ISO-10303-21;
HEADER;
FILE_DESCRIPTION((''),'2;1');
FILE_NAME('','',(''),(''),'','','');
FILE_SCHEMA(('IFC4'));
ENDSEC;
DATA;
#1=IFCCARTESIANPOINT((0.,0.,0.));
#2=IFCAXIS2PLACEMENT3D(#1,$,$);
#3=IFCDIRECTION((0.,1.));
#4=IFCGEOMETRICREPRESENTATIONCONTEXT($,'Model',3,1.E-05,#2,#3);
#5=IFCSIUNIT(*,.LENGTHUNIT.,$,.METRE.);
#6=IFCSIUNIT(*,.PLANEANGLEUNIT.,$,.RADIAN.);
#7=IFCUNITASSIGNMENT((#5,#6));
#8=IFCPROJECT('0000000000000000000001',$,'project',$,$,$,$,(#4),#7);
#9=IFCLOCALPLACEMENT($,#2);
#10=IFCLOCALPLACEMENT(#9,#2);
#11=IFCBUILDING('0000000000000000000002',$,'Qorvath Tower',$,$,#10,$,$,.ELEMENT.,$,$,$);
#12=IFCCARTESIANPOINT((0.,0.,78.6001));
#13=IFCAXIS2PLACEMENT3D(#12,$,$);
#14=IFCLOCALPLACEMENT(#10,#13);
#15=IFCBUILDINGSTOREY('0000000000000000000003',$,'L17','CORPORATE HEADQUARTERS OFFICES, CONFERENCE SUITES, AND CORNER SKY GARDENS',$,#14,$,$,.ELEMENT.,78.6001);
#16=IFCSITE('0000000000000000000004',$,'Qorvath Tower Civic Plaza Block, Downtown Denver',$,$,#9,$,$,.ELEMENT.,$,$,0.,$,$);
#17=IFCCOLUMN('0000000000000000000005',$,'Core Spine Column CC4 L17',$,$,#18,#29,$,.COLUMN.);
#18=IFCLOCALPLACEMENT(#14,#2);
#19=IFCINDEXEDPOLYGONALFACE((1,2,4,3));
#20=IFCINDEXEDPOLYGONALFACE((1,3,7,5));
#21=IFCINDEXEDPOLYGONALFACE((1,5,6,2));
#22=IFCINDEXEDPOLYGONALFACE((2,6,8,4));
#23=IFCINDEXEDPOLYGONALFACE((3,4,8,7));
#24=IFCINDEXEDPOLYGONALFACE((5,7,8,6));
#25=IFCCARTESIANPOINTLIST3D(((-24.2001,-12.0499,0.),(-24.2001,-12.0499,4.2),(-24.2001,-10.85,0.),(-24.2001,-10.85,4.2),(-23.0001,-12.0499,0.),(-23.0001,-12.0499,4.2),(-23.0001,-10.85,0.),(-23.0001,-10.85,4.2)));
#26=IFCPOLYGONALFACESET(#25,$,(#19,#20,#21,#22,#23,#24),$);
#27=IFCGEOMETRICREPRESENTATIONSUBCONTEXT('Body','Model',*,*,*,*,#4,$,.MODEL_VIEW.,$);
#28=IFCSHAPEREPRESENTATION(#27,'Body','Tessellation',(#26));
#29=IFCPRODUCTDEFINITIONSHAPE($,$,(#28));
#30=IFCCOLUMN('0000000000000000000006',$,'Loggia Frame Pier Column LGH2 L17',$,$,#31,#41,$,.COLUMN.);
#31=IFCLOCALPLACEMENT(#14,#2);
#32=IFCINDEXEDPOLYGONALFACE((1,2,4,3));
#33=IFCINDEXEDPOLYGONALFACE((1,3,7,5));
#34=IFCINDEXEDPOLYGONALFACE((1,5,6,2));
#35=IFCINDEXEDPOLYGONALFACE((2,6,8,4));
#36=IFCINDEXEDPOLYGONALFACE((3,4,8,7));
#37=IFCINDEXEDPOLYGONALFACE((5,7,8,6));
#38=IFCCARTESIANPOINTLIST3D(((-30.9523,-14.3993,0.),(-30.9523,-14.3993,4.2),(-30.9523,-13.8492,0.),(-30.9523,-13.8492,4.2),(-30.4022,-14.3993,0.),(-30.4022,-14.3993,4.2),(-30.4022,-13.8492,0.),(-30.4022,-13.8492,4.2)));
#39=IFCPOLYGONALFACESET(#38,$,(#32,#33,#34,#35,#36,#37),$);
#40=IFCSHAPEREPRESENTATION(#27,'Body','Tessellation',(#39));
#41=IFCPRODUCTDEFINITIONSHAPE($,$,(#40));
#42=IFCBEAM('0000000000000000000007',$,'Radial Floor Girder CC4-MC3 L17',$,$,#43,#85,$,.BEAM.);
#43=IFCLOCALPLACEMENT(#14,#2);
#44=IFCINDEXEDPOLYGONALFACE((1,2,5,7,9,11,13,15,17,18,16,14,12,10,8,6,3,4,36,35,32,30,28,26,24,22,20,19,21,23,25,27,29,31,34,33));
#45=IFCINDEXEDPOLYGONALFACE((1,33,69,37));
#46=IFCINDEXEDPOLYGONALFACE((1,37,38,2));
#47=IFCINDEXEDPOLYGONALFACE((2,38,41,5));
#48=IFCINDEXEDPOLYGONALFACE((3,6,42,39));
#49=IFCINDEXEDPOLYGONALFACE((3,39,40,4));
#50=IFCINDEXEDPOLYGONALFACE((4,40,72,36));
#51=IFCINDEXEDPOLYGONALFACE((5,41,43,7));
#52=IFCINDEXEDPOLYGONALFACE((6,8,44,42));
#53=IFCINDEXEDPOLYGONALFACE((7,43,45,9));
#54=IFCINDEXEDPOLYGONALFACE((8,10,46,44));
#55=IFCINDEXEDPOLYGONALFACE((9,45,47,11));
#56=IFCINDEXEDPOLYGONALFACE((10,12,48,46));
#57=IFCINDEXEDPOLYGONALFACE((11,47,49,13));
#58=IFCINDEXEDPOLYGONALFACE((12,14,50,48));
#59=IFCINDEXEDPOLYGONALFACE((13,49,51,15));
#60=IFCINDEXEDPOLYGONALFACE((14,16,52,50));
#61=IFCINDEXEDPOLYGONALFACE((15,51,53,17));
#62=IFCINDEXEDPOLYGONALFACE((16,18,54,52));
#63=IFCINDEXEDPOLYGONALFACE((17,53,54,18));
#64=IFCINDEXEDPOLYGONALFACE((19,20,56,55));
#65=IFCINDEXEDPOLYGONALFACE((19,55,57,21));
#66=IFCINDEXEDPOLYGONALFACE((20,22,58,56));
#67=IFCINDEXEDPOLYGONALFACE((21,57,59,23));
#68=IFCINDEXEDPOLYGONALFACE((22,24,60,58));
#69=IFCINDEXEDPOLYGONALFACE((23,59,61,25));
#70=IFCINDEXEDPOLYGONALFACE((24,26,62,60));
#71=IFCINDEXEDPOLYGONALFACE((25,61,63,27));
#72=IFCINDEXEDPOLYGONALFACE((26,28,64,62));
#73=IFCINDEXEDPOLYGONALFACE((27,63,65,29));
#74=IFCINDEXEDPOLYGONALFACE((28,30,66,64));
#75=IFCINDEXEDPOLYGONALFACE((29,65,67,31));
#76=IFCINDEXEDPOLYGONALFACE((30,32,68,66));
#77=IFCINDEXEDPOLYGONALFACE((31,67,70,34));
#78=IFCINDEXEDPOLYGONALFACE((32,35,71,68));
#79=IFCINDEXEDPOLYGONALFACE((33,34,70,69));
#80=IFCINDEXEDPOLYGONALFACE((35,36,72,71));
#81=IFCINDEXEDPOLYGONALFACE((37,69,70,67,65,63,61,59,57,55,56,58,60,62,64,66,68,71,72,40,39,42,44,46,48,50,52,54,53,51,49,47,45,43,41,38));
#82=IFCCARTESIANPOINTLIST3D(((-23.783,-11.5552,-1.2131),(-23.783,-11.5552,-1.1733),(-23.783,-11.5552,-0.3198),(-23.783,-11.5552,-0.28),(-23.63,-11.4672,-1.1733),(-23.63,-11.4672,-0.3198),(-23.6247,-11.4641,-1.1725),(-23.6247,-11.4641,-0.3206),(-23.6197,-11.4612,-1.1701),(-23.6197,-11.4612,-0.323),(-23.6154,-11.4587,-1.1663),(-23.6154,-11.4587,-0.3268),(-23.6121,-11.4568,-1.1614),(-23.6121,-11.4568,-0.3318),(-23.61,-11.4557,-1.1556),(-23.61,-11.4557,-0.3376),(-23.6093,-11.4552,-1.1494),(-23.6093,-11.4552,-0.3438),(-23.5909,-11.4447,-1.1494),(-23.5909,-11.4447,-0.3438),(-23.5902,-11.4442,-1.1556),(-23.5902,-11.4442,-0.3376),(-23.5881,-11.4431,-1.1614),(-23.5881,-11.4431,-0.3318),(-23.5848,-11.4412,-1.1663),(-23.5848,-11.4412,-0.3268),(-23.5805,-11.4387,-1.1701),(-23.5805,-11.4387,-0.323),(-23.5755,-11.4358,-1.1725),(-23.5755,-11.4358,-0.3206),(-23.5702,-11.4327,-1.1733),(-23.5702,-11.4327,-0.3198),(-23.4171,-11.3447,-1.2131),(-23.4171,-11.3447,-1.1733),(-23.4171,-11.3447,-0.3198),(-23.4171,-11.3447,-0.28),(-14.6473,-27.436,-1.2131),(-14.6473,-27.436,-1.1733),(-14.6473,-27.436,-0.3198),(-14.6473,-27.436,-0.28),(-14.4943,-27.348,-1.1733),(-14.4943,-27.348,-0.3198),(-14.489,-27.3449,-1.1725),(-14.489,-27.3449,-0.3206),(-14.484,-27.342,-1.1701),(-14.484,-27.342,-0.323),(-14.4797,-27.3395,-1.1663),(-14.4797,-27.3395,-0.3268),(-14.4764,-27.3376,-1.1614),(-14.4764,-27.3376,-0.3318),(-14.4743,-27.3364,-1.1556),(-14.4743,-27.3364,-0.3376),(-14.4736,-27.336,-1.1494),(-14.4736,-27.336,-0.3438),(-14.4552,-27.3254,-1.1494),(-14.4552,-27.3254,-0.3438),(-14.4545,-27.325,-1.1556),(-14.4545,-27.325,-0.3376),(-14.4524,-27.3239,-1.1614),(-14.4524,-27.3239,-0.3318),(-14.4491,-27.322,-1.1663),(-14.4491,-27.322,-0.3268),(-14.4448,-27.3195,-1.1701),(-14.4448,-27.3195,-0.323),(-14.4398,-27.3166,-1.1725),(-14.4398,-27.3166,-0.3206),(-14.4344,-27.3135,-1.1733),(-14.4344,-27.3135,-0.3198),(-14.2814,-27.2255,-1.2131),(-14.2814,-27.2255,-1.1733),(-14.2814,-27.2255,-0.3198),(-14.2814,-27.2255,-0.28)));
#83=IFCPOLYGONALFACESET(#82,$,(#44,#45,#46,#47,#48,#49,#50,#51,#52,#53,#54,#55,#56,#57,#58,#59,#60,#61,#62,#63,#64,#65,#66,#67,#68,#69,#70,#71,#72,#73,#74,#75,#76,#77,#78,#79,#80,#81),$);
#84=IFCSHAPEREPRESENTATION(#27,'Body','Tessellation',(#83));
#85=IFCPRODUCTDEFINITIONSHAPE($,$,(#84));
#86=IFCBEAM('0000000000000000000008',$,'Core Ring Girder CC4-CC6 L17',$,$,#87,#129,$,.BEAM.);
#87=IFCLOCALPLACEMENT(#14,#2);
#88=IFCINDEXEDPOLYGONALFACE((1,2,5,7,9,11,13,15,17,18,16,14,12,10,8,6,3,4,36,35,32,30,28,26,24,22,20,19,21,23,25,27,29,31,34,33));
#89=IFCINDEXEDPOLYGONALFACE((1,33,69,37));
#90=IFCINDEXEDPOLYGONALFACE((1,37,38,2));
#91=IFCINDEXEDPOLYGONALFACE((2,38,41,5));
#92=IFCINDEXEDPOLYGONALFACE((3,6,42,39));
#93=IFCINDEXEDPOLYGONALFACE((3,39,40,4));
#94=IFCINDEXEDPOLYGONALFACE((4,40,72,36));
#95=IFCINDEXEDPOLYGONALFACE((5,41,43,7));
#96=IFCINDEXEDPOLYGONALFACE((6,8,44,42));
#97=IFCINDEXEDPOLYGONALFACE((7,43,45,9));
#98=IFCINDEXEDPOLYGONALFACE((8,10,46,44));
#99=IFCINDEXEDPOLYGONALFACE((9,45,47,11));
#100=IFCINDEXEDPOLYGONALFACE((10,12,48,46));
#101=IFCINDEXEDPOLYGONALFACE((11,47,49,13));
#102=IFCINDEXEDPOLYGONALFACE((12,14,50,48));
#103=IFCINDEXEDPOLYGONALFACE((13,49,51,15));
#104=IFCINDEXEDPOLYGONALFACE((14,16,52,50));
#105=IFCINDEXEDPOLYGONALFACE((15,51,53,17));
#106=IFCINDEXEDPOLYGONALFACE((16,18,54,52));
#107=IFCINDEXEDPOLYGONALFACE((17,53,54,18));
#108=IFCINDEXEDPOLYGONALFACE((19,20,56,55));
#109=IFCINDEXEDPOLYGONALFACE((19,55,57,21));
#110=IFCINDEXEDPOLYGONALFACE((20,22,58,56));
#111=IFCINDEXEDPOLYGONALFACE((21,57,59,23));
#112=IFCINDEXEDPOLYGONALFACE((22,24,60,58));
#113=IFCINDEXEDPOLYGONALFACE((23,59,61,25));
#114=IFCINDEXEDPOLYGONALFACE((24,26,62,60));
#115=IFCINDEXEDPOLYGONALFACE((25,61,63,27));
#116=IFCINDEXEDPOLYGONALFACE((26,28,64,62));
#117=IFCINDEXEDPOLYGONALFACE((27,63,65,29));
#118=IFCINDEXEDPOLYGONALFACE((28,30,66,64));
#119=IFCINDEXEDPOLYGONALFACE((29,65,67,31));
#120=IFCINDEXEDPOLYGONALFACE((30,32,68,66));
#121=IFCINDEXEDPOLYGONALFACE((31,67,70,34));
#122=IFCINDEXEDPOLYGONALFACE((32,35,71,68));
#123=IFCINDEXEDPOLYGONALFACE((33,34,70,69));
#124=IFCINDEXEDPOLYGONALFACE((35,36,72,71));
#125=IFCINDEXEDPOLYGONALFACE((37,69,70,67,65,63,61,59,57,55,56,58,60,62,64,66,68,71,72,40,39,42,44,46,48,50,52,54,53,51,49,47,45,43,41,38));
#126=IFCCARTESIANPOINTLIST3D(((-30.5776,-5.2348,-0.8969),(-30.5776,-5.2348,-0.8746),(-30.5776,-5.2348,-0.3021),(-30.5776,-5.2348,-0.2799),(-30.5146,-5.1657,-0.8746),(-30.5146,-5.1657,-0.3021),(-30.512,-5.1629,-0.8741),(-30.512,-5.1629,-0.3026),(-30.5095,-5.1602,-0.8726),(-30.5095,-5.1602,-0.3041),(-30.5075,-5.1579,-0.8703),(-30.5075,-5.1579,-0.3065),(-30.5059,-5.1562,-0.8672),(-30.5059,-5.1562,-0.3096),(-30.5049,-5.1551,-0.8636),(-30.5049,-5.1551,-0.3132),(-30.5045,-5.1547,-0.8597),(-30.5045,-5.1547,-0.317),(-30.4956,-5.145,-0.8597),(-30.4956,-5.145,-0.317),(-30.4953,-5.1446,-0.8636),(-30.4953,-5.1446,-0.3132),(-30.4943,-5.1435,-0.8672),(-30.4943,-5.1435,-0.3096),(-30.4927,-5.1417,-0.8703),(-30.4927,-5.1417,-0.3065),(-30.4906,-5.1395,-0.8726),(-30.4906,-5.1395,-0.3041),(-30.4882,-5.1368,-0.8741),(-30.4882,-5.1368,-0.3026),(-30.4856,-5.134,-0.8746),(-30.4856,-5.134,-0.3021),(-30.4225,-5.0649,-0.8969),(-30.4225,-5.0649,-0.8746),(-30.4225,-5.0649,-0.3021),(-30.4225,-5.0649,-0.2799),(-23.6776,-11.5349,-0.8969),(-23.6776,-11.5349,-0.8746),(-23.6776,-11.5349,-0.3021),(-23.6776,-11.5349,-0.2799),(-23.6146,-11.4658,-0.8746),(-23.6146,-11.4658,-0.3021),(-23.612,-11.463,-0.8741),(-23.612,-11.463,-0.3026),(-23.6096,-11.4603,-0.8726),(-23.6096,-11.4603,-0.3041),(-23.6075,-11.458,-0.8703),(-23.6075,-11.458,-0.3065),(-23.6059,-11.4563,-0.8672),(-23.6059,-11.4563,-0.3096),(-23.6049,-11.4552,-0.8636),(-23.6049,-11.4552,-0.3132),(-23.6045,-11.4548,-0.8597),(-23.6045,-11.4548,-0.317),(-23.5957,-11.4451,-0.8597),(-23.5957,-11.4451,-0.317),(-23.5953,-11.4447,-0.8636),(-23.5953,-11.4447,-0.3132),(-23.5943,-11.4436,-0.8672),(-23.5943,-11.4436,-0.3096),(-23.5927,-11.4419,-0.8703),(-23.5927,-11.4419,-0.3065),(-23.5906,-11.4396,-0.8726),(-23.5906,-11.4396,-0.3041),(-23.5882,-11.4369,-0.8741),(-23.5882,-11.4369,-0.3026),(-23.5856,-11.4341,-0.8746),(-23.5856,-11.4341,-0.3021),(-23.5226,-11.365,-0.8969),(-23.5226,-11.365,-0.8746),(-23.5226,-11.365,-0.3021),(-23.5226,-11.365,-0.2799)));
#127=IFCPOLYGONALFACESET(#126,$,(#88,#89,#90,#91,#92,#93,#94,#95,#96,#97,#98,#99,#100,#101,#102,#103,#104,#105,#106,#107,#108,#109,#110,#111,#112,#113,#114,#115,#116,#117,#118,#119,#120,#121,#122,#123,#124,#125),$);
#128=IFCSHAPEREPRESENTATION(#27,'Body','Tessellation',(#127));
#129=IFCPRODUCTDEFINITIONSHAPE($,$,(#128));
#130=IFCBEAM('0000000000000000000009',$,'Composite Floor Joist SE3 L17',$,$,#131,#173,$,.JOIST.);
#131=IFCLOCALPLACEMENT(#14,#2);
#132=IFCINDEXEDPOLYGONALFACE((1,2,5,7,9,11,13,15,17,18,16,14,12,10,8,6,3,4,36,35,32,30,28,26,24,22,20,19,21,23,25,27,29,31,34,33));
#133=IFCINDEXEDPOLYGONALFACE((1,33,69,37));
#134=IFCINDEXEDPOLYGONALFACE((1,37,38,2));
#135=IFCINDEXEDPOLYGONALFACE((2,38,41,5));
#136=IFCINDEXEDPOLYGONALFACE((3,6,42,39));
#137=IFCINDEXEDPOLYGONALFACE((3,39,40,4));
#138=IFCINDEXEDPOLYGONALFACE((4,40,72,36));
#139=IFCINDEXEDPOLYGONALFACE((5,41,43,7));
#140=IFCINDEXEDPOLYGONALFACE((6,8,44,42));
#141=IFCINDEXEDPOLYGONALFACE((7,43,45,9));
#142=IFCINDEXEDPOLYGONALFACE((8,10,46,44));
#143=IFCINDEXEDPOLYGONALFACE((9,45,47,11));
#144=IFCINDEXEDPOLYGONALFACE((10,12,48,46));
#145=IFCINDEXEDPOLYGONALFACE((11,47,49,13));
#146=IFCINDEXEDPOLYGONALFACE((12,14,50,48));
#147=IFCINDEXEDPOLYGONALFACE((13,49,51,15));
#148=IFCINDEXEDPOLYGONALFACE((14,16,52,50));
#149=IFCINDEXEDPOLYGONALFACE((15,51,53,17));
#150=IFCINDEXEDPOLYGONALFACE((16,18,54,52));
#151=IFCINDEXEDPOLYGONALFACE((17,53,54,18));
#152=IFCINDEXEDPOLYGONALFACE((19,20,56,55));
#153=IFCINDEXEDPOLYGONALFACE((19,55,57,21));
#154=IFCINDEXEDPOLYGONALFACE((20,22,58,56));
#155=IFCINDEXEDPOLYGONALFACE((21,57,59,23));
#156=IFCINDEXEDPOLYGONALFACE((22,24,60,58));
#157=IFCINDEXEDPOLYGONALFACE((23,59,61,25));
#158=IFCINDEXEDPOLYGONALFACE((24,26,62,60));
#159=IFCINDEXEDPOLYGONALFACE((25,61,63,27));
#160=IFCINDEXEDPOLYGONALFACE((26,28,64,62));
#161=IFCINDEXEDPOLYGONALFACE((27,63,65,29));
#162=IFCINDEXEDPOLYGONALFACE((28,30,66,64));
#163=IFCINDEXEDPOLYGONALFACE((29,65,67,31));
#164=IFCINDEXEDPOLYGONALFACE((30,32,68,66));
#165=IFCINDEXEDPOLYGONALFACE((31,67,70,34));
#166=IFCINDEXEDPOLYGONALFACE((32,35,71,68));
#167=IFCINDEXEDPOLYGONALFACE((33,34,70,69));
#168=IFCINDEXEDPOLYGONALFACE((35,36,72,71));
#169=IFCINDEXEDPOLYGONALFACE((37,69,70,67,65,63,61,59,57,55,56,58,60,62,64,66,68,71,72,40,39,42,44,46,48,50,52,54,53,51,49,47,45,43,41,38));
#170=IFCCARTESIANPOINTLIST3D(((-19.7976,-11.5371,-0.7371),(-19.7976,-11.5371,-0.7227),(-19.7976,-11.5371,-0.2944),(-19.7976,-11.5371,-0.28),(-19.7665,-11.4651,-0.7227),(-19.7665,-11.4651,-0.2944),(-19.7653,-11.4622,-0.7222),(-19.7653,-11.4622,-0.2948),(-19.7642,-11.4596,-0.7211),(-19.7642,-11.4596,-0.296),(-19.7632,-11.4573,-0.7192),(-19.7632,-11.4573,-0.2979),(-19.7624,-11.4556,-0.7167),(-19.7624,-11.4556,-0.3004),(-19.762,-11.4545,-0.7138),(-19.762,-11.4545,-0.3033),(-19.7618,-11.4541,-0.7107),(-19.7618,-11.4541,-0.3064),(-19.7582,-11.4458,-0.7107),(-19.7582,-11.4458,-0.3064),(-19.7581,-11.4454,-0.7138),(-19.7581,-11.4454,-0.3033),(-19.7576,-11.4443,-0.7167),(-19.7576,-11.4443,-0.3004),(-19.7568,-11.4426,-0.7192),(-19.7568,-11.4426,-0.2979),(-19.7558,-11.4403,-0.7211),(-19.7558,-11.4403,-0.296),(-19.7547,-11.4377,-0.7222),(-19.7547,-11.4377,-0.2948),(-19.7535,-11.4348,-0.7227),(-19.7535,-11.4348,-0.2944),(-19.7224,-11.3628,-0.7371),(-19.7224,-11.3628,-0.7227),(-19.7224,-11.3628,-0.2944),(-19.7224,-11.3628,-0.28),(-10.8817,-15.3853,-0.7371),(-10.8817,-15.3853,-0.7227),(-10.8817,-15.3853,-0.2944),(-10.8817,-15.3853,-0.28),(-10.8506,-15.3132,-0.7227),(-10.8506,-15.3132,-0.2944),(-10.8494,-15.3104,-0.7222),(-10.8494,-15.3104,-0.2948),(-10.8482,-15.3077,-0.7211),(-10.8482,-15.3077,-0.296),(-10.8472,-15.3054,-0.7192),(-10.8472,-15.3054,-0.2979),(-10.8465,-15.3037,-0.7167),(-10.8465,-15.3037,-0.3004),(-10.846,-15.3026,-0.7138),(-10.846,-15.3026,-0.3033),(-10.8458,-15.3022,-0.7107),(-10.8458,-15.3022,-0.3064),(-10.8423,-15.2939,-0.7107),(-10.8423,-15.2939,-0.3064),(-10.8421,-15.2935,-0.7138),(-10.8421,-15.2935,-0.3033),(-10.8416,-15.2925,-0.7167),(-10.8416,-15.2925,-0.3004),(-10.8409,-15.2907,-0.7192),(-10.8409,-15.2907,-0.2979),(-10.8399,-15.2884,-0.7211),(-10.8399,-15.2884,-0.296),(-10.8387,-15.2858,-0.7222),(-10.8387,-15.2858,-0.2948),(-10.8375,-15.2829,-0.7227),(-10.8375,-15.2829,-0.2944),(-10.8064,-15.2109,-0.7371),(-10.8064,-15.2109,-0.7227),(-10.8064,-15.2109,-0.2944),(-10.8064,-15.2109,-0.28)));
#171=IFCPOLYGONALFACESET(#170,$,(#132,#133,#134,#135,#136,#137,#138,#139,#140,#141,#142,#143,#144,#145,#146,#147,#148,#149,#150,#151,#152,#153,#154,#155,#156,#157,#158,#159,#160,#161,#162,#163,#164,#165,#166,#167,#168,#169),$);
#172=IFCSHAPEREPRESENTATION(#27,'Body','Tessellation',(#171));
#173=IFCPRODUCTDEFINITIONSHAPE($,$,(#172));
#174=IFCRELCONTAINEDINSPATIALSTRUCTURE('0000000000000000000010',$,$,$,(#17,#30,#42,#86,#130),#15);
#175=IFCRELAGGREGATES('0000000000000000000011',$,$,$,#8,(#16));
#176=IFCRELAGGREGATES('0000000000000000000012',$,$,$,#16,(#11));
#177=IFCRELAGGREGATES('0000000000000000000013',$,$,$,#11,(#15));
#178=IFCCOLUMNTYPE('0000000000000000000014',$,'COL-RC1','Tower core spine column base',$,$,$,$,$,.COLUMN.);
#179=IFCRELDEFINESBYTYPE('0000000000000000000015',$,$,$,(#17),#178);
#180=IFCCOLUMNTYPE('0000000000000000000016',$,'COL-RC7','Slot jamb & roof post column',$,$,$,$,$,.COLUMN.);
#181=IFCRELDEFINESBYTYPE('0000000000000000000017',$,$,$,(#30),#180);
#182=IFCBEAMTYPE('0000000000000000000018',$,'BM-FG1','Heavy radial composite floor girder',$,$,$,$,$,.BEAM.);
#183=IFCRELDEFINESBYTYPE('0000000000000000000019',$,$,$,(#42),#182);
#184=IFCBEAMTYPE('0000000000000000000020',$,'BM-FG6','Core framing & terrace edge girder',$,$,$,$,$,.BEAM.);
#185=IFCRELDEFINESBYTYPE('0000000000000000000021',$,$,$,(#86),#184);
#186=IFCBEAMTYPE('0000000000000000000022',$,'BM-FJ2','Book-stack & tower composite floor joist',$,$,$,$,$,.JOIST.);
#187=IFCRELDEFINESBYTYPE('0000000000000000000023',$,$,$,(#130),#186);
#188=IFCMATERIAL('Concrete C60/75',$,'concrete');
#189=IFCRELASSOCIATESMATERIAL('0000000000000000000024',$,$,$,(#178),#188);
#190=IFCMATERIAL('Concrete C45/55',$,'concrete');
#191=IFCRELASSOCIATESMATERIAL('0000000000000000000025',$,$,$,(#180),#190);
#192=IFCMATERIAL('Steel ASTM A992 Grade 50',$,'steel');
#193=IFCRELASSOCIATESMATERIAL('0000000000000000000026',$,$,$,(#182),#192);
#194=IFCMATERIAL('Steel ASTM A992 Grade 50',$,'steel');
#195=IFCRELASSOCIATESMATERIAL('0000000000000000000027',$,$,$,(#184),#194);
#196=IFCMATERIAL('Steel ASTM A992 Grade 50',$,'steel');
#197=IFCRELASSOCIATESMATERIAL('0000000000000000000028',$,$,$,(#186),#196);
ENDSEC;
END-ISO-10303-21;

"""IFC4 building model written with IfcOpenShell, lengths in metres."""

from ifc_helpers import new_model, si_unit, direction, frame, origin, origin_2d, place, context, subcontext, project, spatial, rectangle, i_section, extrude, material, material_profile, profile_set, type_object, element, save


model = new_model("IFC4")

# Units and contexts
model_context = context("Model", 3, precision=1e-05, world=origin(), true_north=direction((0.0, 1.0)))
body_context = subcontext(model_context, "Body", "Model", "MODEL_VIEW")
ifc_project = project(units=[si_unit("LENGTHUNIT", "METRE"), si_unit("PLANEANGLEUNIT", "RADIAN")], contexts=[model_context])

# Site, building, storey
site_placement = place(None, origin())
site = spatial("IfcSite", under=ifc_project, at=site_placement, Name="Qorvath Tower Civic Plaza Block, Downtown Denver", CompositionType="ELEMENT", RefElevation=0.0)
building_placement = place(site_placement, origin())
building = spatial("IfcBuilding", under=site, at=building_placement, Name="Qorvath Tower", CompositionType="ELEMENT")
storey_placement = place(building_placement, frame((0.0, 0.0, 78.6001)))
storey = spatial("IfcBuildingStorey", under=building, at=storey_placement, Name="L17", Description="CORPORATE HEADQUARTERS OFFICES, CONFERENCE SUITES, AND CORNER SKY GARDENS", CompositionType="ELEMENT", Elevation=78.6001)

# Columns
ifc_material_1 = material(Name="Concrete C60/75", Category="concrete")
ifc_material_profile_1 = material_profile(ifc_material_1, rectangle(XDim=1.2, YDim=1.2, at=origin_2d()), Name="RC 1200x1200")
ifc_profile_set_1 = profile_set([ifc_material_profile_1], Name="Concrete C60/75")
column_type_1 = type_object("IfcColumnType", Name="COL-RC1", Description="Tower core spine column base", PredefinedType="COLUMN", material=ifc_profile_set_1)
column_1_placement = place(storey_placement, frame((-23.6001, -11.45, 0.0), z_axis=(0.0, 0.0, 1.0), x_axis=(1.0, 0.0, 0.0)))
element("IfcColumn", 1, at=column_1_placement, inside=storey, type_object=column_type_1, Name="Core Spine Column CC4 L17", PredefinedType="COLUMN", context=body_context, shape_type="SweptSolid", body=[
    extrude(rectangle(XDim=1.2, YDim=1.2, at=origin_2d()), origin(), (0.0, 0.0, 1.0), 4.2),
])
ifc_material_2 = material(Name="Concrete C45/55", Category="concrete")
ifc_material_profile_2 = material_profile(ifc_material_2, rectangle(XDim=0.55, YDim=0.55, at=origin_2d()), Name="RC 550x550")
ifc_profile_set_2 = profile_set([ifc_material_profile_2], Name="Concrete C45/55")
column_type_2 = type_object("IfcColumnType", Name="COL-RC7", Description="Slot jamb & roof post column", PredefinedType="COLUMN", material=ifc_profile_set_2)
column_2_placement = place(storey_placement, frame((-30.6772, -14.1243, 0.0), z_axis=(0.0, 0.0, 1.0), x_axis=(1.0, 0.0, 0.0)))
element("IfcColumn", 2, at=column_2_placement, inside=storey, type_object=column_type_2, Name="Loggia Frame Pier Column LGH2 L17", PredefinedType="COLUMN", context=body_context, shape_type="SweptSolid", body=[
    extrude(rectangle(XDim=0.55, YDim=0.55, at=origin_2d()), origin(), (0.0, 0.0, 1.0), 4.2),
])

# Beams
ifc_material_3 = material(Name="Steel ASTM A992 Grade 50", Category="steel")
ifc_material_profile_3 = material_profile(ifc_material_3, i_section(OverallWidth=0.4221, OverallDepth=0.9331, WebThickness=0.0212, FlangeThickness=0.0398, FilletRadius=0.0239, at=origin_2d()), Name="W36x262")
ifc_profile_set_3 = profile_set([ifc_material_profile_3], Name="Steel ASTM A992 Grade 50")
beam_type_1 = type_object("IfcBeamType", Name="BM-FG1", Description="Heavy radial composite floor girder", PredefinedType="BEAM", material=ifc_profile_set_3)
beam_1_placement = place(storey_placement, frame((-23.6001, -11.45, -0.7466), z_axis=(0.498645, -0.866806, 0.0), x_axis=(0.866806, 0.498645, 0.0)))
element("IfcBeam", 3, at=beam_1_placement, inside=storey, type_object=beam_type_1, Name="Radial Floor Girder CC4-MC3 L17", PredefinedType="BEAM", context=body_context, shape_type="SweptSolid", body=[
    extrude(i_section(OverallWidth=0.4221, OverallDepth=0.9331, WebThickness=0.0212, FlangeThickness=0.0398, FilletRadius=0.0239, at=origin_2d()), origin(), (0.0, 0.0, 1.0), 18.321),
])
ifc_material_4 = material(Name="Steel ASTM A992 Grade 50", Category="steel")
ifc_material_profile_4 = material_profile(ifc_material_4, i_section(OverallWidth=0.23, OverallDepth=0.6169, WebThickness=0.0132, FlangeThickness=0.0222, FilletRadius=0.0149, at=origin_2d()), Name="W24x94")
ifc_profile_set_4 = profile_set([ifc_material_profile_4], Name="Steel ASTM A992 Grade 50")
beam_type_2 = type_object("IfcBeamType", Name="BM-FG6", Description="Core framing & terrace edge girder", PredefinedType="BEAM", material=ifc_profile_set_4)
beam_2_placement = place(storey_placement, frame((-23.6001, -11.45, -0.5884), z_axis=(-0.738478, 0.674277, 0.0), x_axis=(-0.674277, -0.738478, 0.0)))
element("IfcBeam", 4, at=beam_2_placement, inside=storey, type_object=beam_type_2, Name="Core Ring Girder CC4-CC6 L17", PredefinedType="BEAM", context=body_context, shape_type="SweptSolid", body=[
    extrude(i_section(OverallWidth=0.23, OverallDepth=0.6169, WebThickness=0.0132, FlangeThickness=0.0222, FilletRadius=0.0149, at=origin_2d()), origin(), (0.0, 0.0, 1.0), 9.3435),
])
ifc_material_5 = material(Name="Steel ASTM A992 Grade 50", Category="steel")
ifc_material_profile_5 = material_profile(ifc_material_5, i_section(OverallWidth=0.1899, OverallDepth=0.457, WebThickness=0.009, FlangeThickness=0.0144, FilletRadius=0.012, at=origin_2d()), Name="W18x50")
ifc_profile_set_5 = profile_set([ifc_material_profile_5], Name="Steel ASTM A992 Grade 50")
beam_type_3 = type_object("IfcBeamType", Name="BM-FJ2", Description="Book-stack & tower composite floor joist", PredefinedType="JOIST", material=ifc_profile_set_5)
beam_3_placement = place(storey_placement, frame((-19.76, -11.45, -0.5085), z_axis=(0.918136, -0.396266, 0.0), x_axis=(0.396266, 0.918136, 0.0)))
element("IfcBeam", 5, at=beam_3_placement, inside=storey, type_object=beam_type_3, Name="Composite Floor Joist SE3 L17", PredefinedType="JOIST", context=body_context, shape_type="SweptSolid", body=[
    extrude(i_section(OverallWidth=0.1899, OverallDepth=0.457, WebThickness=0.009, FlangeThickness=0.0144, FilletRadius=0.012, at=origin_2d()), origin(), (0.0, 0.0, 1.0), 9.7109),
])

save(model, "model.ifc")
